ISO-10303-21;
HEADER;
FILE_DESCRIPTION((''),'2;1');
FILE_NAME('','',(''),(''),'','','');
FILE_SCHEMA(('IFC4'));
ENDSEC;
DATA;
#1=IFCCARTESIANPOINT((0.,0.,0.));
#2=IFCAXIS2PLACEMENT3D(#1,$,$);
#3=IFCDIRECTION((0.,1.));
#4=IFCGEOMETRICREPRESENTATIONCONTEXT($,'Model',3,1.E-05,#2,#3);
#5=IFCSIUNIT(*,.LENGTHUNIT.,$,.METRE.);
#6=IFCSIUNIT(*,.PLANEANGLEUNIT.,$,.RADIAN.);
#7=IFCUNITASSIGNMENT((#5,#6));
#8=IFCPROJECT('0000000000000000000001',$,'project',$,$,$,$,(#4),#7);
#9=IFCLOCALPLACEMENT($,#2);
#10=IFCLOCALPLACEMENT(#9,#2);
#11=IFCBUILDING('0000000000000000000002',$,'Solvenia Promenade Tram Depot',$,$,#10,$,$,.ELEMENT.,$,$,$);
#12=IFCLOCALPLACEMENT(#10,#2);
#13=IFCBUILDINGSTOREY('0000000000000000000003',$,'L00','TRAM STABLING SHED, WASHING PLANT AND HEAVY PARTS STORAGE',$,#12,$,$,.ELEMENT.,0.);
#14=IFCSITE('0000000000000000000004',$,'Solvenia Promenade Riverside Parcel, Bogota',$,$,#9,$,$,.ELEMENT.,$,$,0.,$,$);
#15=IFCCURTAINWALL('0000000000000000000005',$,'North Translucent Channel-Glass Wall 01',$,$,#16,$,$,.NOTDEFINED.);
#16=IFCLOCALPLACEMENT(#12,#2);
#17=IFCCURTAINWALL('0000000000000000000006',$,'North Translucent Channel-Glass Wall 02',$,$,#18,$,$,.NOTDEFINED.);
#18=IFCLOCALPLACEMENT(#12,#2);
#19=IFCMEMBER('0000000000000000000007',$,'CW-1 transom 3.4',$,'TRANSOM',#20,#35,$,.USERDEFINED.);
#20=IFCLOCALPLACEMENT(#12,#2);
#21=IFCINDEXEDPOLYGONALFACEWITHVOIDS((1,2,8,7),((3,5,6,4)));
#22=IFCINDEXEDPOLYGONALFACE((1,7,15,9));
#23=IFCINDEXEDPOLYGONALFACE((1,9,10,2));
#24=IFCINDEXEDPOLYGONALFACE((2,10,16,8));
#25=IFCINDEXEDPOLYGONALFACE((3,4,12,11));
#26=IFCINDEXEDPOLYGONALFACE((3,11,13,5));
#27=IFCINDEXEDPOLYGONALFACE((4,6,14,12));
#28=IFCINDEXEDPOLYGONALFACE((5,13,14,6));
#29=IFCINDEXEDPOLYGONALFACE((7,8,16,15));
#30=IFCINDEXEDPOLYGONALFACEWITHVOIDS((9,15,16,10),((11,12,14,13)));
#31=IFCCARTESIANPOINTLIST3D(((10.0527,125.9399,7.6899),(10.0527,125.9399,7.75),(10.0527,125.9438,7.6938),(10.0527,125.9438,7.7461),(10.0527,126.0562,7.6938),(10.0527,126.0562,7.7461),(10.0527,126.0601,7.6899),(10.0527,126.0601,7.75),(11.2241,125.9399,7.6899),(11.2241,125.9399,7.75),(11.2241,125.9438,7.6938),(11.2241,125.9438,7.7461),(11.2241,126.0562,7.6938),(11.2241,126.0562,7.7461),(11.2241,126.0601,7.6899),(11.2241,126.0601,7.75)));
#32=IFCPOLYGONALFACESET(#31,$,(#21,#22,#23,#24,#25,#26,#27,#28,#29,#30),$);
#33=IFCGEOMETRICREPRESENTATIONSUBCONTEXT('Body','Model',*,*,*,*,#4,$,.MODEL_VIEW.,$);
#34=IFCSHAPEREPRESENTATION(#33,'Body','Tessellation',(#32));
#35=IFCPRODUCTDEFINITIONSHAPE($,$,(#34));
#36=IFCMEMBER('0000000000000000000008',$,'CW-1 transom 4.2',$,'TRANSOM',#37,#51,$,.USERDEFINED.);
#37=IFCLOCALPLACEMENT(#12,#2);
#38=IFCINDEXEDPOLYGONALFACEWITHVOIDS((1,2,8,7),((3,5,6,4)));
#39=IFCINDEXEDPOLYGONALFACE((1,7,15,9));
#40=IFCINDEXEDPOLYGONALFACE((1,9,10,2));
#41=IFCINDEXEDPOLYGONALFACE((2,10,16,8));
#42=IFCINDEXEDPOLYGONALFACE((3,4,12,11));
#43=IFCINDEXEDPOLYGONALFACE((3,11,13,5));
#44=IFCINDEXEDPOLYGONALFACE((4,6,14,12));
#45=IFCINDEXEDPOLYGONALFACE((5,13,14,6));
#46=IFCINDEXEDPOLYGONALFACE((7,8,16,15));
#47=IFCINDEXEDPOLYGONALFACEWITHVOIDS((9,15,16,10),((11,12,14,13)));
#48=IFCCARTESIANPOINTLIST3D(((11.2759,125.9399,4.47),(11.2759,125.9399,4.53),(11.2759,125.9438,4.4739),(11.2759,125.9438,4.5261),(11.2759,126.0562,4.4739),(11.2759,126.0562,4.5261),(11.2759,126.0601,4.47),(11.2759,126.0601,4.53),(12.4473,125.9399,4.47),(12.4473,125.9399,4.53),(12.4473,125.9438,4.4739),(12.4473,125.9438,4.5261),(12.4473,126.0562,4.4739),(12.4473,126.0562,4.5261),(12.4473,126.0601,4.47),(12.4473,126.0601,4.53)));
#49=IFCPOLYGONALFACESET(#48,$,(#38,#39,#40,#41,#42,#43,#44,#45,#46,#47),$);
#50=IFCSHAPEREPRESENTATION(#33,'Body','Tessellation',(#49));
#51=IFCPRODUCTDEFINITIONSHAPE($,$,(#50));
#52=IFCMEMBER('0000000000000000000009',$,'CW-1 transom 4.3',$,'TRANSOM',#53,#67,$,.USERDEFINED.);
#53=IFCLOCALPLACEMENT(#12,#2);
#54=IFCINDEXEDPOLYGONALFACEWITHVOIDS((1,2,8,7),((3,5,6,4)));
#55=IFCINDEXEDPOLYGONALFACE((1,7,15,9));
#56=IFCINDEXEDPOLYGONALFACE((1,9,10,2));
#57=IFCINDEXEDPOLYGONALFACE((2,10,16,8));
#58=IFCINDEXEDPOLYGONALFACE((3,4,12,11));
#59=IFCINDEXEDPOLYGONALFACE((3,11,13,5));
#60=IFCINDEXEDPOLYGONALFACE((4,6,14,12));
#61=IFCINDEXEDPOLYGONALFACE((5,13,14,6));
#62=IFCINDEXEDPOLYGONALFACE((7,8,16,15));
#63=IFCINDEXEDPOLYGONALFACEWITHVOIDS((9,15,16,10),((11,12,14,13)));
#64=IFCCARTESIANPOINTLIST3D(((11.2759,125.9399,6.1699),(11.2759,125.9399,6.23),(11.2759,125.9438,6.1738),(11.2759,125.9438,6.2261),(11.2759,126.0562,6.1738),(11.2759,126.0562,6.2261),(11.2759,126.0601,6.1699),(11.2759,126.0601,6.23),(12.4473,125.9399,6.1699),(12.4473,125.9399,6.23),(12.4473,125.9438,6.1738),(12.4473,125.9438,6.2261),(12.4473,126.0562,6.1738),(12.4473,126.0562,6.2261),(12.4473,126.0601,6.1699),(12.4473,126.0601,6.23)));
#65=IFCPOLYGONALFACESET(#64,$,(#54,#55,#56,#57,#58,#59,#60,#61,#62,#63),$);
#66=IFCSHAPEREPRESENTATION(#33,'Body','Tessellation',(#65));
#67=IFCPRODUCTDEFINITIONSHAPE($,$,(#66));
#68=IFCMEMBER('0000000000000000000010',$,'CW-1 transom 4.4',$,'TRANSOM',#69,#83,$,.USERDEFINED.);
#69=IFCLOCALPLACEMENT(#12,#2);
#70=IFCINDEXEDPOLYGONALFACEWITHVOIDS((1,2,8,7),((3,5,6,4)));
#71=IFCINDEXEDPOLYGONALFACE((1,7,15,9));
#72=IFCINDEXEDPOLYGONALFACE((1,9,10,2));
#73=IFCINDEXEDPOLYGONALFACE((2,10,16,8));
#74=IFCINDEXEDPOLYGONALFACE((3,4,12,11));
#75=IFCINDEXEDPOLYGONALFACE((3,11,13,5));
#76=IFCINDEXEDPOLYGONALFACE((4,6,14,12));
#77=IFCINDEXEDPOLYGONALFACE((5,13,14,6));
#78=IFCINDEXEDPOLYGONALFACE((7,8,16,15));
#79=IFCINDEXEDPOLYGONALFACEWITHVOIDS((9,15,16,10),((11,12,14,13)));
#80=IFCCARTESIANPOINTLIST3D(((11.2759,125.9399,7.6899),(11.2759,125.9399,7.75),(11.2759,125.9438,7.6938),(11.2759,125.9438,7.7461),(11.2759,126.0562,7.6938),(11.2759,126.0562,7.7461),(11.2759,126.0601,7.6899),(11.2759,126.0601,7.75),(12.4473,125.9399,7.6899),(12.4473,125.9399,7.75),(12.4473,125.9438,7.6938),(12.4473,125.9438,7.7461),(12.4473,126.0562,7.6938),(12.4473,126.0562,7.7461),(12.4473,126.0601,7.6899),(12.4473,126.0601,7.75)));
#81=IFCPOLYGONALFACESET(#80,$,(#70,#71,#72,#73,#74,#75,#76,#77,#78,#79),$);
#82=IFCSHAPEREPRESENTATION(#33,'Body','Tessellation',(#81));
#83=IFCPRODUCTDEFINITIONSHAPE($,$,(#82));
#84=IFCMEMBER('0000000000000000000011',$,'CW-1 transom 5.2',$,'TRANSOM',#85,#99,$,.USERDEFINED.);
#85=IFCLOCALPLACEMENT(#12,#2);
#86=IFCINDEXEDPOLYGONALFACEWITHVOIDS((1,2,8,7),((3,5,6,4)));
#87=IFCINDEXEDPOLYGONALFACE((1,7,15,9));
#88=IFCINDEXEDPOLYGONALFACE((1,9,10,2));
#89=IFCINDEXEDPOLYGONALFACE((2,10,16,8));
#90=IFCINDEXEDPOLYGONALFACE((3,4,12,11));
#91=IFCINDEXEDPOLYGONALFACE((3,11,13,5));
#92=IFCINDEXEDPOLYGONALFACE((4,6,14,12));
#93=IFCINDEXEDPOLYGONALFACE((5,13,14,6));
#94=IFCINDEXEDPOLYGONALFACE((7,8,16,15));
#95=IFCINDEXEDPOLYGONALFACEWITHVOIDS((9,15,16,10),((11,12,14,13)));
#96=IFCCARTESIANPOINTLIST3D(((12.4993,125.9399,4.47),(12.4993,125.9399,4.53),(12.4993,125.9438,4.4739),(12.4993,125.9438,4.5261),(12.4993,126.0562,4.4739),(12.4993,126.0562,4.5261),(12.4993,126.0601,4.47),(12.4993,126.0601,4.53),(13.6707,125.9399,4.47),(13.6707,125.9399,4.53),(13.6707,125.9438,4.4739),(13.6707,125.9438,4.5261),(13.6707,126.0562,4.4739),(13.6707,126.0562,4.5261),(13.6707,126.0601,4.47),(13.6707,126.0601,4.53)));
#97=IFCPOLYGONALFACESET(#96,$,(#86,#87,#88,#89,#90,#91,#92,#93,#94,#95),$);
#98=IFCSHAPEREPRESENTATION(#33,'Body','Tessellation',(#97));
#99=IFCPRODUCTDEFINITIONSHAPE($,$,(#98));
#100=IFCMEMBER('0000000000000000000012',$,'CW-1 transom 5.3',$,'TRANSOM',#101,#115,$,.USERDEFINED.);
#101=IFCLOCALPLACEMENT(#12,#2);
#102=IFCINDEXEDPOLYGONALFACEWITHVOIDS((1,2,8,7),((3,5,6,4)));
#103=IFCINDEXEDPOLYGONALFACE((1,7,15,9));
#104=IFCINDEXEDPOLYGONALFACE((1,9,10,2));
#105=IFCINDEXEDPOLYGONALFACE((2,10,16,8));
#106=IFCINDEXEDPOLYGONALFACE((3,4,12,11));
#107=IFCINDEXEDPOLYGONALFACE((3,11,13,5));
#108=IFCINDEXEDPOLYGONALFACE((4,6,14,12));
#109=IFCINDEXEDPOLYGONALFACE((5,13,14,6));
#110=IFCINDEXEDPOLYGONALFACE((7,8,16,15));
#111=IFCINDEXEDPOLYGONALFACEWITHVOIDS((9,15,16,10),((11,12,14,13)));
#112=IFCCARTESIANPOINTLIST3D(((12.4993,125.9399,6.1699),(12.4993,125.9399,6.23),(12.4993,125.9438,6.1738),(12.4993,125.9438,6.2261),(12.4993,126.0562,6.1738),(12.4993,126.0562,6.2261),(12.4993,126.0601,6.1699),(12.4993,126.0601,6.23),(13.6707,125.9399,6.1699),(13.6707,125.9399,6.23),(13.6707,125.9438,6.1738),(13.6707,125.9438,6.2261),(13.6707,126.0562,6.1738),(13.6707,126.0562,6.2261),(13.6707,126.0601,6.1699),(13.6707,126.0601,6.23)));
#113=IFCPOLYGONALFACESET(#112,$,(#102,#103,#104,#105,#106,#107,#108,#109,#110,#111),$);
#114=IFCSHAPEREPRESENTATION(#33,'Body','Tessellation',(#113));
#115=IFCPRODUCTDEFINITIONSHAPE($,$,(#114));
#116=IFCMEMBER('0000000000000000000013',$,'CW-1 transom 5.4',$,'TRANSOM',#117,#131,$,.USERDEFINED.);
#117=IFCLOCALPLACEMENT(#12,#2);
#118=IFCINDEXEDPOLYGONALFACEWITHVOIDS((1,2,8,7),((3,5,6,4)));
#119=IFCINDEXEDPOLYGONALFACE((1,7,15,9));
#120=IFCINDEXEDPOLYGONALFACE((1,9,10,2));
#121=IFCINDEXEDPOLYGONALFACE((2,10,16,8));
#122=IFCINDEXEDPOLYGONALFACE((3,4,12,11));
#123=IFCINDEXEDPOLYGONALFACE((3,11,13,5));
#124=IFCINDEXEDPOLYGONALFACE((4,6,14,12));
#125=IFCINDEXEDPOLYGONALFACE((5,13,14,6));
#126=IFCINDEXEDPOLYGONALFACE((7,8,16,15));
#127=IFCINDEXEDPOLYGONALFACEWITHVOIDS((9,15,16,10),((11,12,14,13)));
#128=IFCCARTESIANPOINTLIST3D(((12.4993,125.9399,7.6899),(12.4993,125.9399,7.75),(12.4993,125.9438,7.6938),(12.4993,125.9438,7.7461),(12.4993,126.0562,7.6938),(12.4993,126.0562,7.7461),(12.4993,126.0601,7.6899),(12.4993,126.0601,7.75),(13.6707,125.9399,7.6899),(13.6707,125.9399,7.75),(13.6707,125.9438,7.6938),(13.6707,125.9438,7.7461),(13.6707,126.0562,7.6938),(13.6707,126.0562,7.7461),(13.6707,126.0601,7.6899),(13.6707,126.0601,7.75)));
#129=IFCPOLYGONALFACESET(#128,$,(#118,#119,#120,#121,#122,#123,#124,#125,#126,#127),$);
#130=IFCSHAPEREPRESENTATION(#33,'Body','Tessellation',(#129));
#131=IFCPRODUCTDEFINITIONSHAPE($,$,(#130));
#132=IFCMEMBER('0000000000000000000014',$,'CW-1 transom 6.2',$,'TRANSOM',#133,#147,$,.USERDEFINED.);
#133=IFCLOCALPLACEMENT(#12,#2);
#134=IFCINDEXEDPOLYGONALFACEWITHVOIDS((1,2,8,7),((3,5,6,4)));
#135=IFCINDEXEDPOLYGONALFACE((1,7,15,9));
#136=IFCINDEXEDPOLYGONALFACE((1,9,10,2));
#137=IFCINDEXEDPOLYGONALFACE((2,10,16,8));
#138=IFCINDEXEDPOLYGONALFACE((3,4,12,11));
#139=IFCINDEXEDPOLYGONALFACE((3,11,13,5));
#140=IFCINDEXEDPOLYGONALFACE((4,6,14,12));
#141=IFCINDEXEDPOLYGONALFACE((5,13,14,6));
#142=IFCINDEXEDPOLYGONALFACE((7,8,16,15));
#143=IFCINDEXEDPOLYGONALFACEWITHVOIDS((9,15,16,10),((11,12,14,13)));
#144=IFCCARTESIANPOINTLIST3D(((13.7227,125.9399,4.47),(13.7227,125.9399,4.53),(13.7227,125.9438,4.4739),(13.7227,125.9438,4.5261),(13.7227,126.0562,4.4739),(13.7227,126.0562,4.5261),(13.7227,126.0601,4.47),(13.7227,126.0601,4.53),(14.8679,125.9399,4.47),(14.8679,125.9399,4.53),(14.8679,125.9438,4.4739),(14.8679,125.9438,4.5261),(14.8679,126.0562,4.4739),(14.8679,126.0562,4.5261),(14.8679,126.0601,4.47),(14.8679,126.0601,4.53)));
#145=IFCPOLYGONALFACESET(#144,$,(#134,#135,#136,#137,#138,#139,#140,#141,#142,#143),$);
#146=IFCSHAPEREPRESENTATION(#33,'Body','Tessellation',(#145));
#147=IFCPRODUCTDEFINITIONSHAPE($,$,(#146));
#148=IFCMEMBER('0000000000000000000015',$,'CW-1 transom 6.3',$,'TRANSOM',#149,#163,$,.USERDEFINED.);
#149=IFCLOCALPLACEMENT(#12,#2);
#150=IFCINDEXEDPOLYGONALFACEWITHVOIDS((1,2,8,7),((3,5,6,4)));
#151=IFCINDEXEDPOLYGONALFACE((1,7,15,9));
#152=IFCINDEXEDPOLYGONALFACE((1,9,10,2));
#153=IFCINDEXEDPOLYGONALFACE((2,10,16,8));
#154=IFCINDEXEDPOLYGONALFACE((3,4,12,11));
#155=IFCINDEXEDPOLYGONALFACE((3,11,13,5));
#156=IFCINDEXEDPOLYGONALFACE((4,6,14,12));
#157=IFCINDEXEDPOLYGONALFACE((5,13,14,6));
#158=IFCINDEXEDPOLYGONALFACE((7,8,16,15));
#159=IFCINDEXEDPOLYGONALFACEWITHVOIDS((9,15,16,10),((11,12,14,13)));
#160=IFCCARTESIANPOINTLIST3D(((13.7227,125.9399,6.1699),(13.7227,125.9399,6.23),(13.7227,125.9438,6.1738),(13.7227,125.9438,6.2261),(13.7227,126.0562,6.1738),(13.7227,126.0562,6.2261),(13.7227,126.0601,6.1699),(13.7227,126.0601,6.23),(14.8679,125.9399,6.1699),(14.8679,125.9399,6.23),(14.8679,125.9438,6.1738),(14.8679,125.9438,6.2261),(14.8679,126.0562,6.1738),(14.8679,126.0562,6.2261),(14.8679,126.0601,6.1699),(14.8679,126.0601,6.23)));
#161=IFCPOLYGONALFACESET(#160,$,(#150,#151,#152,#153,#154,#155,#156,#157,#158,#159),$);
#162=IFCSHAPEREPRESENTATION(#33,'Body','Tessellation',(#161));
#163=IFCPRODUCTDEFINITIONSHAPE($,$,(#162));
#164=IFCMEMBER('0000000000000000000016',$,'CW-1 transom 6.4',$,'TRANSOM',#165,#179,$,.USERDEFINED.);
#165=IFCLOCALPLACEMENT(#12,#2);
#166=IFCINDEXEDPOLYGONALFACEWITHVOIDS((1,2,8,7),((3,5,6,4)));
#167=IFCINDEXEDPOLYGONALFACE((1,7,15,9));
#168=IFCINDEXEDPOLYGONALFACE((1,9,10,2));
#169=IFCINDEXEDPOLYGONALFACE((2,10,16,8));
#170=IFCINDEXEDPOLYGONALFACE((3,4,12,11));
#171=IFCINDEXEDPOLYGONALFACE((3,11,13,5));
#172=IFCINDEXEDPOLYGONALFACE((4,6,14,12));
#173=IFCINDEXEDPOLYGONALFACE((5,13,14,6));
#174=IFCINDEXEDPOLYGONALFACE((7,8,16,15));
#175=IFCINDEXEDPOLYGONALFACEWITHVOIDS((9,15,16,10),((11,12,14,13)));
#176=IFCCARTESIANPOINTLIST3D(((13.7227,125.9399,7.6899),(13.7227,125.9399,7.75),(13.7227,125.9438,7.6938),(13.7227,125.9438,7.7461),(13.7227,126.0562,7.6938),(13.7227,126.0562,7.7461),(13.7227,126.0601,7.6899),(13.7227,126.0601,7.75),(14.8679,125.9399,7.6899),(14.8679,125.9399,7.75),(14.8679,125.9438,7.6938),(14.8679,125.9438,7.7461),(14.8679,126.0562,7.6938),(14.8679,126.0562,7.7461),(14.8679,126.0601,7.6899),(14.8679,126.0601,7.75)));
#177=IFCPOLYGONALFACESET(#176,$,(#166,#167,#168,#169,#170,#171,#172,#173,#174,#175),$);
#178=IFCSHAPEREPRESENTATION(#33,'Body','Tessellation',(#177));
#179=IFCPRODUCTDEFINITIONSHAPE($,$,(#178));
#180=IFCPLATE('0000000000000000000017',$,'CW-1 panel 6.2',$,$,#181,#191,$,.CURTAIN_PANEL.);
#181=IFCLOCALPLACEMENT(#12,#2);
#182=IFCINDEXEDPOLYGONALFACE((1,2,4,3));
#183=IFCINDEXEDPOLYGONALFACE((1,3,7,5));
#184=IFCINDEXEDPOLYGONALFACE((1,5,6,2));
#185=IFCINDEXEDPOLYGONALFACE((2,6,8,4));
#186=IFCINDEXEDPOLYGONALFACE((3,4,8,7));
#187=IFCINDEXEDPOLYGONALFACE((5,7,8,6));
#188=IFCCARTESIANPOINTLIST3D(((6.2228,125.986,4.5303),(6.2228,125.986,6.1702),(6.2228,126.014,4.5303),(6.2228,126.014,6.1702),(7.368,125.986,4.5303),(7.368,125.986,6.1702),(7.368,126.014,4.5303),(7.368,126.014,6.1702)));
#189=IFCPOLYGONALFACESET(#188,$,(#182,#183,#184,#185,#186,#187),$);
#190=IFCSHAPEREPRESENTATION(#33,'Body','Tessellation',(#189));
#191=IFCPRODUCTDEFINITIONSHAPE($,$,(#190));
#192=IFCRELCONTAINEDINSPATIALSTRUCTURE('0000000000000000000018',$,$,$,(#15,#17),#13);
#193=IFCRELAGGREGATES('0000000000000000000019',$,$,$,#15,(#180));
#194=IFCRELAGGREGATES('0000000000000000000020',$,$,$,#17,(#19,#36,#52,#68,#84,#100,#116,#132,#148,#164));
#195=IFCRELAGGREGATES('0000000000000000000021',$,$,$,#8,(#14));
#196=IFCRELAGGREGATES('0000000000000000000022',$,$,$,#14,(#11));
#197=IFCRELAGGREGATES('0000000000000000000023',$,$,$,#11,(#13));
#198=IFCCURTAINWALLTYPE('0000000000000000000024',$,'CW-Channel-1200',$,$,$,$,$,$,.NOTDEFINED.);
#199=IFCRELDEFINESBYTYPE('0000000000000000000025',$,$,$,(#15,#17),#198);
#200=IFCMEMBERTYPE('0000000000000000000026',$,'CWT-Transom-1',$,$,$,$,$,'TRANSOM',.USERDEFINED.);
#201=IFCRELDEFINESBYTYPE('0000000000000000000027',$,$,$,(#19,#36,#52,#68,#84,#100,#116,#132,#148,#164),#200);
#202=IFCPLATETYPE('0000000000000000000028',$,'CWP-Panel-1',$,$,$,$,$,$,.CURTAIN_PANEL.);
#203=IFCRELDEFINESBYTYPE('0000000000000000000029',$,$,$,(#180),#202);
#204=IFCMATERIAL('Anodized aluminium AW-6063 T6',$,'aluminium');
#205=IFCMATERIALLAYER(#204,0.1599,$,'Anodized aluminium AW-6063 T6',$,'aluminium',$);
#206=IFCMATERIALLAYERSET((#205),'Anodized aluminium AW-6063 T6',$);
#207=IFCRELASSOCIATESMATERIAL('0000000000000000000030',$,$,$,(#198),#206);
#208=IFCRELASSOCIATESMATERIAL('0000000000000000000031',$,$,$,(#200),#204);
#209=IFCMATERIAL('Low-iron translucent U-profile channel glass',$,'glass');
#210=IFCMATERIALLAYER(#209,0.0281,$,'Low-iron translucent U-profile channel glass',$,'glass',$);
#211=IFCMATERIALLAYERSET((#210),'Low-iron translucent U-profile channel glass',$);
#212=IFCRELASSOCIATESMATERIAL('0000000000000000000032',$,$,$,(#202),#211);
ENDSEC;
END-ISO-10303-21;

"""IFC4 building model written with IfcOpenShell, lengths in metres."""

from ifc_helpers import new_model, si_unit, direction, frame, origin, origin_2d, place, context, subcontext, project, spatial, rectangle, hollow_rectangle, extrude, material, layer, layer_set, material_profile, profile_set, type_object, element, aggregate, save


model = new_model("IFC4")

# Units and contexts
model_context = context("Model", 3, precision=1e-05, world=origin(), true_north=direction((0.0, 1.0)))
body_context = subcontext(model_context, "Body", "Model", "MODEL_VIEW")
ifc_project = project(units=[si_unit("LENGTHUNIT", "METRE"), si_unit("PLANEANGLEUNIT", "RADIAN")], contexts=[model_context])

# Site, building, storey
site_placement = place(None, origin())
site = spatial("IfcSite", under=ifc_project, at=site_placement, Name="Solvenia Promenade Riverside Parcel, Bogota", CompositionType="ELEMENT", RefElevation=0.0)
building_placement = place(site_placement, origin())
building = spatial("IfcBuilding", under=site, at=building_placement, Name="Solvenia Promenade Tram Depot", CompositionType="ELEMENT")
storey_placement = place(building_placement, origin())
storey = spatial("IfcBuildingStorey", under=building, at=storey_placement, Name="L00", Description="TRAM STABLING SHED, WASHING PLANT AND HEAVY PARTS STORAGE", CompositionType="ELEMENT", Elevation=0.0)

# Curtain walls, members
ifc_material_1 = material(Name="Anodized aluminium AW-6063 T6", Category="aluminium")
ifc_layer_1 = layer(ifc_material_1, 0.1599, Name="Anodized aluminium AW-6063 T6", Category="aluminium")
ifc_layer_set_1 = layer_set([ifc_layer_1], Name="Anodized aluminium AW-6063 T6")
curtain_wall_type = type_object("IfcCurtainWallType", Name="CW-Channel-1200", PredefinedType="NOTDEFINED", material=ifc_layer_set_1)
curtain_wall_1_placement = place(storey_placement, origin())
curtain_wall_1 = element("IfcCurtainWall", 1, at=curtain_wall_1_placement, inside=storey, type_object=curtain_wall_type, Name="North Translucent Channel-Glass Wall 01", PredefinedType="NOTDEFINED")
ifc_material_profile = material_profile(ifc_material_1, hollow_rectangle(XDim=0.1201, YDim=0.0601, WallThickness=0.0039, at=origin_2d()), Name="ALU-T1", Category="aluminium")
ifc_profile_set = profile_set([ifc_material_profile], Name="Anodized aluminium AW-6063 T6")
member_type = type_object("IfcMemberType", Name="CWT-Transom-1", ElementType="TRANSOM", PredefinedType="USERDEFINED", material=ifc_profile_set)
curtain_wall_2_placement = place(storey_placement, origin())
curtain_wall_2 = element("IfcCurtainWall", 2, at=curtain_wall_2_placement, inside=storey, type_object=curtain_wall_type, Name="North Translucent Channel-Glass Wall 02", PredefinedType="NOTDEFINED")
member_1_placement = place(storey_placement, frame((10.0527, 126.0, 7.72), z_axis=(1.0, 0.0, 0.0), x_axis=(0.0, 1.0, 0.0)))
member_1 = element("IfcMember", 3, at=member_1_placement, type_object=member_type, Name="CW-1 transom 3.4", ObjectType="TRANSOM", PredefinedType="USERDEFINED", context=body_context, shape_type="SweptSolid", body=[
    extrude(hollow_rectangle(XDim=0.1201, YDim=0.0601, WallThickness=0.0039, at=origin_2d()), origin(), (0.0, 0.0, 1.0), 1.1714),
])
member_2_placement = place(storey_placement, frame((11.2759, 126.0, 4.5), z_axis=(1.0, 0.0, 0.0), x_axis=(0.0, 1.0, 0.0)))
member_2 = element("IfcMember", 4, at=member_2_placement, type_object=member_type, Name="CW-1 transom 4.2", ObjectType="TRANSOM", PredefinedType="USERDEFINED", context=body_context, shape_type="SweptSolid", body=[
    extrude(hollow_rectangle(XDim=0.1201, YDim=0.0601, WallThickness=0.0039, at=origin_2d()), origin(), (0.0, 0.0, 1.0), 1.1714),
])
member_3_placement = place(storey_placement, frame((11.2759, 126.0, 6.2), z_axis=(1.0, 0.0, 0.0), x_axis=(0.0, 1.0, 0.0)))
member_3 = element("IfcMember", 5, at=member_3_placement, type_object=member_type, Name="CW-1 transom 4.3", ObjectType="TRANSOM", PredefinedType="USERDEFINED", context=body_context, shape_type="SweptSolid", body=[
    extrude(hollow_rectangle(XDim=0.1201, YDim=0.0601, WallThickness=0.0039, at=origin_2d()), origin(), (0.0, 0.0, 1.0), 1.1714),
])
member_4_placement = place(storey_placement, frame((11.2759, 126.0, 7.72), z_axis=(1.0, 0.0, 0.0), x_axis=(0.0, 1.0, 0.0)))
member_4 = element("IfcMember", 6, at=member_4_placement, type_object=member_type, Name="CW-1 transom 4.4", ObjectType="TRANSOM", PredefinedType="USERDEFINED", context=body_context, shape_type="SweptSolid", body=[
    extrude(hollow_rectangle(XDim=0.1201, YDim=0.0601, WallThickness=0.0039, at=origin_2d()), origin(), (0.0, 0.0, 1.0), 1.1714),
])
member_5_placement = place(storey_placement, frame((12.4993, 126.0, 4.5), z_axis=(1.0, 0.0, 0.0), x_axis=(0.0, 1.0, 0.0)))
member_5 = element("IfcMember", 7, at=member_5_placement, type_object=member_type, Name="CW-1 transom 5.2", ObjectType="TRANSOM", PredefinedType="USERDEFINED", context=body_context, shape_type="SweptSolid", body=[
    extrude(hollow_rectangle(XDim=0.1201, YDim=0.0601, WallThickness=0.0039, at=origin_2d()), origin(), (0.0, 0.0, 1.0), 1.1714),
])
member_6_placement = place(storey_placement, frame((12.4993, 126.0, 6.2), z_axis=(1.0, 0.0, 0.0), x_axis=(0.0, 1.0, 0.0)))
member_6 = element("IfcMember", 8, at=member_6_placement, type_object=member_type, Name="CW-1 transom 5.3", ObjectType="TRANSOM", PredefinedType="USERDEFINED", context=body_context, shape_type="SweptSolid", body=[
    extrude(hollow_rectangle(XDim=0.1201, YDim=0.0601, WallThickness=0.0039, at=origin_2d()), origin(), (0.0, 0.0, 1.0), 1.1714),
])
member_7_placement = place(storey_placement, frame((12.4993, 126.0, 7.72), z_axis=(1.0, 0.0, 0.0), x_axis=(0.0, 1.0, 0.0)))
member_7 = element("IfcMember", 9, at=member_7_placement, type_object=member_type, Name="CW-1 transom 5.4", ObjectType="TRANSOM", PredefinedType="USERDEFINED", context=body_context, shape_type="SweptSolid", body=[
    extrude(hollow_rectangle(XDim=0.1201, YDim=0.0601, WallThickness=0.0039, at=origin_2d()), origin(), (0.0, 0.0, 1.0), 1.1714),
])
member_8_placement = place(storey_placement, frame((13.7227, 126.0, 4.5), z_axis=(1.0, 0.0, 0.0), x_axis=(0.0, 1.0, 0.0)))
member_8 = element("IfcMember", 10, at=member_8_placement, type_object=member_type, Name="CW-1 transom 6.2", ObjectType="TRANSOM", PredefinedType="USERDEFINED", context=body_context, shape_type="SweptSolid", body=[
    extrude(hollow_rectangle(XDim=0.1201, YDim=0.0601, WallThickness=0.0039, at=origin_2d()), origin(), (0.0, 0.0, 1.0), 1.1453),
])
member_9_placement = place(storey_placement, frame((13.7227, 126.0, 6.2), z_axis=(1.0, 0.0, 0.0), x_axis=(0.0, 1.0, 0.0)))
member_9 = element("IfcMember", 11, at=member_9_placement, type_object=member_type, Name="CW-1 transom 6.3", ObjectType="TRANSOM", PredefinedType="USERDEFINED", context=body_context, shape_type="SweptSolid", body=[
    extrude(hollow_rectangle(XDim=0.1201, YDim=0.0601, WallThickness=0.0039, at=origin_2d()), origin(), (0.0, 0.0, 1.0), 1.1453),
])
member_10_placement = place(storey_placement, frame((13.7227, 126.0, 7.72), z_axis=(1.0, 0.0, 0.0), x_axis=(0.0, 1.0, 0.0)))
member_10 = element("IfcMember", 12, at=member_10_placement, type_object=member_type, Name="CW-1 transom 6.4", ObjectType="TRANSOM", PredefinedType="USERDEFINED", context=body_context, shape_type="SweptSolid", body=[
    extrude(hollow_rectangle(XDim=0.1201, YDim=0.0601, WallThickness=0.0039, at=origin_2d()), origin(), (0.0, 0.0, 1.0), 1.1453),
])

# Plate
ifc_material_2 = material(Name="Low-iron translucent U-profile channel glass", Category="glass")
ifc_layer_2 = layer(ifc_material_2, 0.0281, Name="Low-iron translucent U-profile channel glass", Category="glass")
ifc_layer_set_2 = layer_set([ifc_layer_2], Name="Low-iron translucent U-profile channel glass")
plate_type = type_object("IfcPlateType", Name="CWP-Panel-1", PredefinedType="CURTAIN_PANEL", material=ifc_layer_set_2)
plate_1_placement = place(storey_placement, frame((6.7954, 126.0, 4.5303), z_axis=(0.0, 0.0, 1.0), x_axis=(1.0, 0.0, 0.0)))
plate_1 = element("IfcPlate", 13, at=plate_1_placement, type_object=plate_type, Name="CW-1 panel 6.2", PredefinedType="CURTAIN_PANEL", context=body_context, shape_type="SweptSolid", body=[
    extrude(rectangle(XDim=1.1453, YDim=0.0281, at=origin_2d()), origin(), (0.0, 0.0, 1.0), 1.6399),
])
aggregate(curtain_wall_1, [plate_1])
aggregate(curtain_wall_2, [member_1, member_2, member_3, member_4, member_5, member_6, member_7, member_8, member_9, member_10])

save(model, "model.ifc")
